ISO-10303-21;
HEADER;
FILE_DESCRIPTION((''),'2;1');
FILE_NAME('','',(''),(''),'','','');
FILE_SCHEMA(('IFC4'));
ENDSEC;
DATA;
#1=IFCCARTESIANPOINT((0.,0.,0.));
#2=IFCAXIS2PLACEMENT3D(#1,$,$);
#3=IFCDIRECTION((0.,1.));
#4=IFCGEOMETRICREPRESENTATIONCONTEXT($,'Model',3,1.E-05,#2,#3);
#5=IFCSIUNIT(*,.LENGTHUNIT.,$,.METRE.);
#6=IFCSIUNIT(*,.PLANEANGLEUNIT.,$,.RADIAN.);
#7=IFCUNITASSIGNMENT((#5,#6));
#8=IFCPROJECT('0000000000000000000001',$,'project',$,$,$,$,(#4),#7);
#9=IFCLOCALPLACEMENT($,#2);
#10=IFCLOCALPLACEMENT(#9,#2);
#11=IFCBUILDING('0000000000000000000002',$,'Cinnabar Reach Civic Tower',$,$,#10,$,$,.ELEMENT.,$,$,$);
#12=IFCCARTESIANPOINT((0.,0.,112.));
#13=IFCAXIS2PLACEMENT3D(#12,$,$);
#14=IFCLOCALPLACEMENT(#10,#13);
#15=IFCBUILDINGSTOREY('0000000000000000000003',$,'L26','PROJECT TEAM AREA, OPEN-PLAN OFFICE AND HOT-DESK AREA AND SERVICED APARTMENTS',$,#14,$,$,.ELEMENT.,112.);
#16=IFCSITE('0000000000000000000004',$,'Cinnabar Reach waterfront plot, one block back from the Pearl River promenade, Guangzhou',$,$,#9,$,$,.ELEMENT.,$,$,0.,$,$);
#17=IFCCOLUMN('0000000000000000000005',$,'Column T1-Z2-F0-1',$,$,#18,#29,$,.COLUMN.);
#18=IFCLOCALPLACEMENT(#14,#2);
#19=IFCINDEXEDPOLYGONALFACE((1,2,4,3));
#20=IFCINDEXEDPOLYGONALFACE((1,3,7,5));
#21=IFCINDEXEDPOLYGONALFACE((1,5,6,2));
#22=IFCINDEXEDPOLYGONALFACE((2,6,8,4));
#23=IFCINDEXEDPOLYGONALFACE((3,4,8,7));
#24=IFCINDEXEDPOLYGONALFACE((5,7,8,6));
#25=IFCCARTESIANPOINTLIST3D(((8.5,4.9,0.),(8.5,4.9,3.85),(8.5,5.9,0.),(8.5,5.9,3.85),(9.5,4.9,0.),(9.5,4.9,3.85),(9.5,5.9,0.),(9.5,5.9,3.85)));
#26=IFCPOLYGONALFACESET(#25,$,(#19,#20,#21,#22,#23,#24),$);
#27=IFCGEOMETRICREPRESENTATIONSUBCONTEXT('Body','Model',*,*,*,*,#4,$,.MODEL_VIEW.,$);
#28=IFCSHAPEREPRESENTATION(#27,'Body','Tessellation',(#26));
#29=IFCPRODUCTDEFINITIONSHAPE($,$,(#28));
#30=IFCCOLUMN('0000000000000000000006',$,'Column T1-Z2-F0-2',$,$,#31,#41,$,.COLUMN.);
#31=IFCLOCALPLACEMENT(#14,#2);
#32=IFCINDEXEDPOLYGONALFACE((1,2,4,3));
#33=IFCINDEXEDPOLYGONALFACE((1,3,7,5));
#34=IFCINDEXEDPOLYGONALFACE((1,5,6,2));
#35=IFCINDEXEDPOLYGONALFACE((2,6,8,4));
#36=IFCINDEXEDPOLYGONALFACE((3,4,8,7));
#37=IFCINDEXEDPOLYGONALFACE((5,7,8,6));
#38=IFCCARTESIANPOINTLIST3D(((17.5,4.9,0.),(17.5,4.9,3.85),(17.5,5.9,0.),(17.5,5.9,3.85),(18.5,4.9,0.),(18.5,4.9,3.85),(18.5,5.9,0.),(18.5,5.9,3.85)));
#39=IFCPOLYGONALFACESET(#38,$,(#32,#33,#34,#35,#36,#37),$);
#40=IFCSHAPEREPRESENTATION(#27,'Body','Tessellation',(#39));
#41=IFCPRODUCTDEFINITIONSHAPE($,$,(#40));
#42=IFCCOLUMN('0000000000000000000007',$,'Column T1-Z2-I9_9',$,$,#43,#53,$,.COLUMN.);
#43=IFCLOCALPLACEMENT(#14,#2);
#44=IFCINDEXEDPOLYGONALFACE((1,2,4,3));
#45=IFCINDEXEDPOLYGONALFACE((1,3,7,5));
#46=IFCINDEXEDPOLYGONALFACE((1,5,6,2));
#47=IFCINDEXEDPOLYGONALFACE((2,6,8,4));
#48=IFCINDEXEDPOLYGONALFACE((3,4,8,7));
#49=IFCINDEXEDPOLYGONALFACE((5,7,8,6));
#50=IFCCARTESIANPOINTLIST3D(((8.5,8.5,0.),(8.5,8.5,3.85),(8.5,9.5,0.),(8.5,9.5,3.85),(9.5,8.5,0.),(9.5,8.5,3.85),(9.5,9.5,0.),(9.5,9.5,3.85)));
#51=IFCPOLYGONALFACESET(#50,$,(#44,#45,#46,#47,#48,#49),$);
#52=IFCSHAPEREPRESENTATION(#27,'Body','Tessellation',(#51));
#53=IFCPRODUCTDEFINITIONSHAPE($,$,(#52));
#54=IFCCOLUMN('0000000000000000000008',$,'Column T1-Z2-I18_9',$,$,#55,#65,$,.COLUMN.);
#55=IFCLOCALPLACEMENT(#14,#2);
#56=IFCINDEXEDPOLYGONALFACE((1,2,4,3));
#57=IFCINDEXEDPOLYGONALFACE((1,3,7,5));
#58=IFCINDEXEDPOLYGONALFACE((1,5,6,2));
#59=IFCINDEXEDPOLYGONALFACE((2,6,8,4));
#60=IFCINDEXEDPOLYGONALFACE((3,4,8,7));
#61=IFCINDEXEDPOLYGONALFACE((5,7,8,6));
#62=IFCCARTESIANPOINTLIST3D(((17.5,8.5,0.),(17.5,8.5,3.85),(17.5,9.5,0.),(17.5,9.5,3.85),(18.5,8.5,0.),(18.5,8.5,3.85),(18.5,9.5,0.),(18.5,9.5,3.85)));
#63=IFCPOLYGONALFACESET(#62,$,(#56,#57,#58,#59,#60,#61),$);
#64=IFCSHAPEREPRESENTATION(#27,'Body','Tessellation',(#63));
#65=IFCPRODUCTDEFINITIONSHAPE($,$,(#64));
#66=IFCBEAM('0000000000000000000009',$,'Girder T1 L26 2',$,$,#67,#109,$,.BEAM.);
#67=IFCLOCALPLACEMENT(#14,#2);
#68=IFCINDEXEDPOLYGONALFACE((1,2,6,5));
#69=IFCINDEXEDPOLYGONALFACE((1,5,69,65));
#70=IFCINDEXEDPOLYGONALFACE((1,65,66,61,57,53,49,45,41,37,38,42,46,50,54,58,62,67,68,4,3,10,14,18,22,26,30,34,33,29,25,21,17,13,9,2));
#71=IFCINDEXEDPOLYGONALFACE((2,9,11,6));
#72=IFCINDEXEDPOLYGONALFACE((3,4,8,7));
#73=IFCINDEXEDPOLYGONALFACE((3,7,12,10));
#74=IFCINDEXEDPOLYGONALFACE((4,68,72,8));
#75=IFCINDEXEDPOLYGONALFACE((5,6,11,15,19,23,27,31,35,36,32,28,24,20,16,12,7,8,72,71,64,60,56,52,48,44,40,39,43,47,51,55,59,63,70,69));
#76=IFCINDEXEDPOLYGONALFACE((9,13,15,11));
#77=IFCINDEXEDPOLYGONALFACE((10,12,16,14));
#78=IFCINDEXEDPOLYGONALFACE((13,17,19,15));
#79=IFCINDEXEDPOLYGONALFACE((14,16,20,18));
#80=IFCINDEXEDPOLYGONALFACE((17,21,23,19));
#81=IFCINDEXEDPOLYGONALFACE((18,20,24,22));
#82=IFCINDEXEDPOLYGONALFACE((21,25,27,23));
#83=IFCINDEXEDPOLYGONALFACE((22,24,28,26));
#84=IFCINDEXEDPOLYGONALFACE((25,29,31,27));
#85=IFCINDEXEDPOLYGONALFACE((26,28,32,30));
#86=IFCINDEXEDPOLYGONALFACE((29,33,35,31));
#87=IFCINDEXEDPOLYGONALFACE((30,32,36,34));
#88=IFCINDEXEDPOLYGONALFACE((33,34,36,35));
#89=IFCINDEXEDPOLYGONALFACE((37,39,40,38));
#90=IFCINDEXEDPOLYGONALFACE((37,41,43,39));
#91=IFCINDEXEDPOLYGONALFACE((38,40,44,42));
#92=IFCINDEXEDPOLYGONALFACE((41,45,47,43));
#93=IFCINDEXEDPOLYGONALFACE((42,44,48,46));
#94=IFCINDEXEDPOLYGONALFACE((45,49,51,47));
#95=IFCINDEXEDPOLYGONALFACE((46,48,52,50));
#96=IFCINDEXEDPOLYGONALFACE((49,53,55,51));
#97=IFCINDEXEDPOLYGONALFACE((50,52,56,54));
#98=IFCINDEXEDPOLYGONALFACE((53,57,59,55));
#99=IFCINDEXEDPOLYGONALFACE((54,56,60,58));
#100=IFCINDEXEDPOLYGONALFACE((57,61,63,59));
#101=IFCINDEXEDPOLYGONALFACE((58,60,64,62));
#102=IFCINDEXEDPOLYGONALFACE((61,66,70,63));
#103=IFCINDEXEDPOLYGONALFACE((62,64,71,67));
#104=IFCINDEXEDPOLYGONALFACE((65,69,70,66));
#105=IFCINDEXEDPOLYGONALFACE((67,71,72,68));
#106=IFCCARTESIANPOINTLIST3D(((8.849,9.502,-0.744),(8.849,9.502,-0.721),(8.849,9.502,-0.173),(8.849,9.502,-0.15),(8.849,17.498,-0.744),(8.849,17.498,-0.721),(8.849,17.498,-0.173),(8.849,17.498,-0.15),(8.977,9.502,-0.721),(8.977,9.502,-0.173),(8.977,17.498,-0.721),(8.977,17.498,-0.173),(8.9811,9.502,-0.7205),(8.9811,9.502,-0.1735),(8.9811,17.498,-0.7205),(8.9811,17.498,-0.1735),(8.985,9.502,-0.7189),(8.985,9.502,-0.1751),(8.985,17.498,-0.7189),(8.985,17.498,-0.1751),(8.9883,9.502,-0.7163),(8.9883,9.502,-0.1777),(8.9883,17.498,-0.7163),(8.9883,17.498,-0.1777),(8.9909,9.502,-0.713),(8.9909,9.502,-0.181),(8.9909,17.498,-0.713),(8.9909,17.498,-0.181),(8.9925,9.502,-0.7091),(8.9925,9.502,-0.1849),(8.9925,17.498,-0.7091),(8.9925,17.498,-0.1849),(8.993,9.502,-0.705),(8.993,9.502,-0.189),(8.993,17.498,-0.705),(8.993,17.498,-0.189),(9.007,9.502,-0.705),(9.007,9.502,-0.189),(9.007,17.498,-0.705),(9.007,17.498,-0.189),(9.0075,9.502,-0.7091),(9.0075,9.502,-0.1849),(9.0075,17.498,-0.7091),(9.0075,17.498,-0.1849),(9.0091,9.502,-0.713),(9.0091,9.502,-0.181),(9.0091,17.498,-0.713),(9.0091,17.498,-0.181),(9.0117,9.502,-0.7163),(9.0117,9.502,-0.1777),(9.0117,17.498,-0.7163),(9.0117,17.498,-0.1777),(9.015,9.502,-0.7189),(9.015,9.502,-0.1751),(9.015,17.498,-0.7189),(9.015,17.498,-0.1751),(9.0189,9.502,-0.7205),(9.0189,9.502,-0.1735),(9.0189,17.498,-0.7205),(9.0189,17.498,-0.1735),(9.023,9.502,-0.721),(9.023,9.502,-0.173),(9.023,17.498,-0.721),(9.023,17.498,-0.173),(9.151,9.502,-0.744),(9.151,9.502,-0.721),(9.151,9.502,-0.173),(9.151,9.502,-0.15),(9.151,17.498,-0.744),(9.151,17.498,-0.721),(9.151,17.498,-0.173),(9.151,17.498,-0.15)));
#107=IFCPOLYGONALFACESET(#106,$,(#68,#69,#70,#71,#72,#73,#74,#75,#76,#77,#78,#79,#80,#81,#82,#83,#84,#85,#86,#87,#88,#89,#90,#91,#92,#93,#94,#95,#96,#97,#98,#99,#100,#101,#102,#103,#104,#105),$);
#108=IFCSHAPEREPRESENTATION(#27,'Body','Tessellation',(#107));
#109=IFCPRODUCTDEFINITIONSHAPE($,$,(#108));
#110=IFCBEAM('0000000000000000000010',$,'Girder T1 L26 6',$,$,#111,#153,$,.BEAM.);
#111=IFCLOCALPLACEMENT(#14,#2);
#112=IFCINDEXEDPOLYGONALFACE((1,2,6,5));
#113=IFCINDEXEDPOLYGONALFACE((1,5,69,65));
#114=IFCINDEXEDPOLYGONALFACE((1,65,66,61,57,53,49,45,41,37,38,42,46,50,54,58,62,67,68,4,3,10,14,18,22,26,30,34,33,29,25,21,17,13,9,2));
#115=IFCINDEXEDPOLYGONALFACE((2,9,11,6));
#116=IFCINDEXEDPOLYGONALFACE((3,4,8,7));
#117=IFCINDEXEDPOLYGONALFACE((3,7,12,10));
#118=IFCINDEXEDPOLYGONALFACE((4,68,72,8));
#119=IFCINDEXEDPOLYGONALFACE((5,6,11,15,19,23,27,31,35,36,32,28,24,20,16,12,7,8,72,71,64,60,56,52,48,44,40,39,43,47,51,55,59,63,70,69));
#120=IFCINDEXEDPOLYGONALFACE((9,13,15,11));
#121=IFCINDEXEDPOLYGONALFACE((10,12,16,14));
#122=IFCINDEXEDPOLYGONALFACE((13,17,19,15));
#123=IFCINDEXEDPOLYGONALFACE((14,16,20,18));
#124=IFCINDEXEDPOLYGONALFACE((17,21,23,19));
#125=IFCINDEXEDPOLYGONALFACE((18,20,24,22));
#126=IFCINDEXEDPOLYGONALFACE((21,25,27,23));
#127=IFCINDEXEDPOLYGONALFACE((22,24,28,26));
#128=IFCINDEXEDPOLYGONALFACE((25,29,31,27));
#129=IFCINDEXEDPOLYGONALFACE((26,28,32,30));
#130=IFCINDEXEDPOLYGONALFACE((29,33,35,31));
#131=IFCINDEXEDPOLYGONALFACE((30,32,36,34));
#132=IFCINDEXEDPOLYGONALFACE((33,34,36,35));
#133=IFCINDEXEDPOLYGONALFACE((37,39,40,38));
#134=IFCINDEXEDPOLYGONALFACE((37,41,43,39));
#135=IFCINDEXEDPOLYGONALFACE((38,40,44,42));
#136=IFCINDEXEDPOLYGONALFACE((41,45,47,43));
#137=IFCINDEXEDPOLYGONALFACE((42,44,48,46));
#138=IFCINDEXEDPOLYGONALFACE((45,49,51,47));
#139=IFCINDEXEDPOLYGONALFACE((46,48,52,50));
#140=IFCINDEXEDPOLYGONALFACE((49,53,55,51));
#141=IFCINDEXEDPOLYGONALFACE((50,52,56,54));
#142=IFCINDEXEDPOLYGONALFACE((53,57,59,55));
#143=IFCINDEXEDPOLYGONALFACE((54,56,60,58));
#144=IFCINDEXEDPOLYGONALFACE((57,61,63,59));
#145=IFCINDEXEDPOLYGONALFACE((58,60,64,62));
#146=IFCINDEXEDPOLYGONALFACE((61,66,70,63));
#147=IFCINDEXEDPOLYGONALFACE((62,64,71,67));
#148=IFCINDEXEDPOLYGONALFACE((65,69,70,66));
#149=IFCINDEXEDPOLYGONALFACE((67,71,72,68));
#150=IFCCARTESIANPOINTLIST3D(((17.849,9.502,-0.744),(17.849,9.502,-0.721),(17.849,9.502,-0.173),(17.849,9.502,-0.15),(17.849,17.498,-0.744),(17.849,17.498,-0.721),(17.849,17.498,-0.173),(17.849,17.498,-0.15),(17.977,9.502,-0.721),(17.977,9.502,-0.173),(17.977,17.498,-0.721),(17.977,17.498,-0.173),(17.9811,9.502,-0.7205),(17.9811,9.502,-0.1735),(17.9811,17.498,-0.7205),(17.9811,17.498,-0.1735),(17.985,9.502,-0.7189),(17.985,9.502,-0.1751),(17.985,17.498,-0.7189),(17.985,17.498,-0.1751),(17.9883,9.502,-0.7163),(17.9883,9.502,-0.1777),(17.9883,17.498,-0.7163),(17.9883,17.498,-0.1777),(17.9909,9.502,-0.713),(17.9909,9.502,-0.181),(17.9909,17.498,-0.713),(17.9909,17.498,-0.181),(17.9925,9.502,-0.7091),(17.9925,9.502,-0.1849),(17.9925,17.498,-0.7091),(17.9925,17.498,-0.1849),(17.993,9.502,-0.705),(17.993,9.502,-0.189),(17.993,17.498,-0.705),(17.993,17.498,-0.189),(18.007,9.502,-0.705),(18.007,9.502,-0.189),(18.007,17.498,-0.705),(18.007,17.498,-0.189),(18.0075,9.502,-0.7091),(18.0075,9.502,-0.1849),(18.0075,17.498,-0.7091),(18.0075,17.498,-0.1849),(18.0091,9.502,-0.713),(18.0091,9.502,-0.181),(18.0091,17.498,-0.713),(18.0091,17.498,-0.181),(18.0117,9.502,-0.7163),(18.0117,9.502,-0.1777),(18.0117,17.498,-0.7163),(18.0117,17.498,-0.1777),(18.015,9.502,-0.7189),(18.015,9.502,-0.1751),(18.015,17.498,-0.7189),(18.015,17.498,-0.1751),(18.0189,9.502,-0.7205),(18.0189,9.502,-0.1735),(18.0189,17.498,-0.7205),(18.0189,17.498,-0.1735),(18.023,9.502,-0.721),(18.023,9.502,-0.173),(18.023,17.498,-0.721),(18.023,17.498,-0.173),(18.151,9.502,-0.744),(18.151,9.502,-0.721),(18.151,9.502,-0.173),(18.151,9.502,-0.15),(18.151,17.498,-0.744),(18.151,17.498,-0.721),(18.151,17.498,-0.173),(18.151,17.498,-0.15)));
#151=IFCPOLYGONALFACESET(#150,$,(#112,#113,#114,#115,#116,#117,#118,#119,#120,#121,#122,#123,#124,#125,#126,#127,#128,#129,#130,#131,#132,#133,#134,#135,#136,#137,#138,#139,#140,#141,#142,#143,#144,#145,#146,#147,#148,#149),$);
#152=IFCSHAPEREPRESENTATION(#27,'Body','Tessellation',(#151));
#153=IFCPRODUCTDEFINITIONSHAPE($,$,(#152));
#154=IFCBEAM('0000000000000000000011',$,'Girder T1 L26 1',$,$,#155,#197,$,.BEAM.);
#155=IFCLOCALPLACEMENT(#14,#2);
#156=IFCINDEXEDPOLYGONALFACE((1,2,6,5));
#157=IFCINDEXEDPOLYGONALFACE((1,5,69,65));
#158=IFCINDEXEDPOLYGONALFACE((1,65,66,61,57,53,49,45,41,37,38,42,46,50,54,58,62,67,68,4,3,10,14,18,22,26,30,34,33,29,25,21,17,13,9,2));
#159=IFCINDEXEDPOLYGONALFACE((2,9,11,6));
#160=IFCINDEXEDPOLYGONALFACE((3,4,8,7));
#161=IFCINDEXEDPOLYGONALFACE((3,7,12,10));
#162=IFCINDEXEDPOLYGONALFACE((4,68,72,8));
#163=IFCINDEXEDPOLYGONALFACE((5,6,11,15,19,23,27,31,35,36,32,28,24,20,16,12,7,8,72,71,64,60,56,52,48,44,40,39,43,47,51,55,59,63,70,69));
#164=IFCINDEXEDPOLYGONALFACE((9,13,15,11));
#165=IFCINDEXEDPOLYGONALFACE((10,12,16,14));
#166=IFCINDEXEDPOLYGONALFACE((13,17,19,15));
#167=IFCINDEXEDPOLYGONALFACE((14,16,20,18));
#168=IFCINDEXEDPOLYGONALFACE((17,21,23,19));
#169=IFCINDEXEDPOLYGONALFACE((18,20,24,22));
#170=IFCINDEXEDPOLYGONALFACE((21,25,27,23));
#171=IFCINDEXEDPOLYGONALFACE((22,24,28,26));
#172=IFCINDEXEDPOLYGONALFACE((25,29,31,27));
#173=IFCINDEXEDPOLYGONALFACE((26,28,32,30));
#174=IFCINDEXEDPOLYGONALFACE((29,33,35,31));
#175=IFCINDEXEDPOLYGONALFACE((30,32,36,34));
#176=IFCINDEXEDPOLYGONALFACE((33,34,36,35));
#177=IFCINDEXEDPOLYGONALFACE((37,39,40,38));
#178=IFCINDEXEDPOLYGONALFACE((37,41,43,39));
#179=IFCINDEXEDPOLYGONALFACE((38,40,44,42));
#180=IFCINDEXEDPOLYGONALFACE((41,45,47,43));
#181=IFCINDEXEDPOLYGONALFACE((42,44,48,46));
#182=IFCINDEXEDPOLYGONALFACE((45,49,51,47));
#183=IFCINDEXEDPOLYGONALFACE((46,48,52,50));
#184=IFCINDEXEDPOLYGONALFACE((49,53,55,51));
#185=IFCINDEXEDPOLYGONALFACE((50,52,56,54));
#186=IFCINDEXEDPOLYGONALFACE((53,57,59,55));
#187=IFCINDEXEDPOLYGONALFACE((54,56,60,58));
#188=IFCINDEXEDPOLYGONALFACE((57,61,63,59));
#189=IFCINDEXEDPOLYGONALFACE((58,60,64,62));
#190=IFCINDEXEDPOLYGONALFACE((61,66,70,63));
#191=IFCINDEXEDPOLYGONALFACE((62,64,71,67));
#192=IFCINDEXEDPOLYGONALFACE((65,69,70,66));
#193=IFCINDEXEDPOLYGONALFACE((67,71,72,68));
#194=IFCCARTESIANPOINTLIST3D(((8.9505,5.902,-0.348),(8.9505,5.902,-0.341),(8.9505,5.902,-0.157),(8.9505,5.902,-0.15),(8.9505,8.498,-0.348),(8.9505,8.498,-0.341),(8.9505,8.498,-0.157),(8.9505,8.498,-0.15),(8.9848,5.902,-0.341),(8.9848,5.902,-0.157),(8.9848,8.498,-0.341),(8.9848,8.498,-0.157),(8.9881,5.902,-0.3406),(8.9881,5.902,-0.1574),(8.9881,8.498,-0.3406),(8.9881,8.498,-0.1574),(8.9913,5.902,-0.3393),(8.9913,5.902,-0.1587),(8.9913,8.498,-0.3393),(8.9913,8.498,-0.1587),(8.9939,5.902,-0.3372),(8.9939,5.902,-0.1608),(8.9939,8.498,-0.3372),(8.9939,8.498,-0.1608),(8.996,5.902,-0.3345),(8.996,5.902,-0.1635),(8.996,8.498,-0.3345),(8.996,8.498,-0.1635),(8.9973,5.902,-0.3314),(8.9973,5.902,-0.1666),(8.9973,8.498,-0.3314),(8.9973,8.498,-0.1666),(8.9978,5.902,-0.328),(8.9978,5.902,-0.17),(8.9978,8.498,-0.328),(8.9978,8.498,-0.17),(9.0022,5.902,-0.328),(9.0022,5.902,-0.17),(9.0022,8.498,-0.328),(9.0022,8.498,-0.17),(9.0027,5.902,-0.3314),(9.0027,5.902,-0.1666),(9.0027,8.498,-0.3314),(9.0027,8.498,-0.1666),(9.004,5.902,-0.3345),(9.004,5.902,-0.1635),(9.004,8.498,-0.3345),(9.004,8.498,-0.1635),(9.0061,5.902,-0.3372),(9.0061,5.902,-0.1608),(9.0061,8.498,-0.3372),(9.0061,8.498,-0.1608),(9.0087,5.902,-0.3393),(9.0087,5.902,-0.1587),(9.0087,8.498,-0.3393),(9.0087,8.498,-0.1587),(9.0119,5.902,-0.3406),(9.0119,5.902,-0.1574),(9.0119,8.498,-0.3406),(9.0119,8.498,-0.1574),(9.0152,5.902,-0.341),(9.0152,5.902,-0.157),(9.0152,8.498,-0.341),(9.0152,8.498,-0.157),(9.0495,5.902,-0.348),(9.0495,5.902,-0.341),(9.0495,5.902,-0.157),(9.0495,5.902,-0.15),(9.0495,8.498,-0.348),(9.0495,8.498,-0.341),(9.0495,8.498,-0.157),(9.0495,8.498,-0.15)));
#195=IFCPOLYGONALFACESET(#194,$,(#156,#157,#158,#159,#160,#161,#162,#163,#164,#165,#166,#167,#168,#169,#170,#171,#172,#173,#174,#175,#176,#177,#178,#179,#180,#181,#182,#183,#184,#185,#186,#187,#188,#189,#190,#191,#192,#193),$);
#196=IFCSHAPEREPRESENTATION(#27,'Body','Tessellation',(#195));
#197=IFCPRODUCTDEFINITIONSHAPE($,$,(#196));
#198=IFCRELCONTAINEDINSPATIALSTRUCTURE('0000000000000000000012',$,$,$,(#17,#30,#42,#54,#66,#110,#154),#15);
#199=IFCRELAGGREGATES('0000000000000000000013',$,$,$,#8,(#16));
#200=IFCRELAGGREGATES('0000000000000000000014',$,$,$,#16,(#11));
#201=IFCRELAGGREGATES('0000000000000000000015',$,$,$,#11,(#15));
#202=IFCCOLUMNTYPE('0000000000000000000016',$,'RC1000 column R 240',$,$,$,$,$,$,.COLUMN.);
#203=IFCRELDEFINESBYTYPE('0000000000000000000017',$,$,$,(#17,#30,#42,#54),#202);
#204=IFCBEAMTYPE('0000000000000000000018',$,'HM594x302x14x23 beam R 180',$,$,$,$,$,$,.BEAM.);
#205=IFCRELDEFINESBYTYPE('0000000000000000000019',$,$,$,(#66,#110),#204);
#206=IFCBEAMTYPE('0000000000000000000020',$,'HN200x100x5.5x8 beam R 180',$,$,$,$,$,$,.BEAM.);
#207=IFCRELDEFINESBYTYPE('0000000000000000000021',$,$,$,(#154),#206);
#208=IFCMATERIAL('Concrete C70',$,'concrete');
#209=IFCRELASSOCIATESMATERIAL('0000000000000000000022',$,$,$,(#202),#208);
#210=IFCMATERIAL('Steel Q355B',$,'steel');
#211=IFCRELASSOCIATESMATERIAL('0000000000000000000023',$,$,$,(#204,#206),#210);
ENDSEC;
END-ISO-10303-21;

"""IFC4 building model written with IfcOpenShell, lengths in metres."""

from ifc_helpers import new_model, si_unit, direction, frame, origin, origin_2d, place, context, subcontext, project, spatial, rectangle, i_section, extrude, material, material_profile, profile_set, type_object, element, save


model = new_model("IFC4")

# Units and contexts
model_context = context("Model", 3, precision=1e-05, world=origin(), true_north=direction((0.0, 1.0)))
body_context = subcontext(model_context, "Body", "Model", "MODEL_VIEW")
ifc_project = project(units=[si_unit("LENGTHUNIT", "METRE"), si_unit("PLANEANGLEUNIT", "RADIAN")], contexts=[model_context])

# Site, building, storey
site_placement = place(None, origin())
site = spatial("IfcSite", under=ifc_project, at=site_placement, Name="Cinnabar Reach waterfront plot, one block back from the Pearl River promenade, Guangzhou", CompositionType="ELEMENT", RefElevation=0.0)
building_placement = place(site_placement, origin())
building = spatial("IfcBuilding", under=site, at=building_placement, Name="Cinnabar Reach Civic Tower", CompositionType="ELEMENT")
storey_placement = place(building_placement, frame((0.0, 0.0, 112.0)))
storey = spatial("IfcBuildingStorey", under=building, at=storey_placement, Name="L26", Description="PROJECT TEAM AREA, OPEN-PLAN OFFICE AND HOT-DESK AREA AND SERVICED APARTMENTS", CompositionType="ELEMENT", Elevation=112.0)

# Columns
ifc_material_1 = material(Name="Concrete C70", Category="concrete")
ifc_material_profile_1 = material_profile(ifc_material_1, rectangle(XDim=1.0, YDim=1.0, at=origin_2d()), Name="RC1000")
ifc_profile_set_1 = profile_set([ifc_material_profile_1], Name="Concrete C70")
column_type = type_object("IfcColumnType", Name="RC1000 column R 240", PredefinedType="COLUMN", material=ifc_profile_set_1)
for number, where, z_axis, x_axis, name in (
    (1, (9.0, 5.4, 0.0), (0.0, 0.0, 1.0), (1.0, 0.0, 0.0), "Column T1-Z2-F0-1"),
    (2, (18.0, 5.4, 0.0), (0.0, 0.0, 1.0), (1.0, 0.0, 0.0), "Column T1-Z2-F0-2"),
    (3, (9.0, 9.0, 0.0), (0.0, 0.0, 1.0), (1.0, 0.0, 0.0), "Column T1-Z2-I9_9"),
    (4, (18.0, 9.0, 0.0), (0.0, 0.0, 1.0), (1.0, 0.0, 0.0), "Column T1-Z2-I18_9"),
):
    element("IfcColumn", number, at=place(storey_placement, frame(where, z_axis=z_axis, x_axis=x_axis)), inside=storey, type_object=column_type, Name=name, PredefinedType="COLUMN", context=body_context, shape_type="SweptSolid", body=[
        extrude(rectangle(XDim=1.0, YDim=1.0, at=origin_2d()), origin(), (0.0, 0.0, 1.0), 3.85),
    ])

# Beams
ifc_material_2 = material(Name="Steel Q355B", Category="steel")
ifc_material_profile_2 = material_profile(ifc_material_2, i_section(OverallWidth=0.302, OverallDepth=0.594, WebThickness=0.014, FlangeThickness=0.023, FilletRadius=0.016, at=origin_2d()), Name="HM594x302x14x23")
ifc_profile_set_2 = profile_set([ifc_material_profile_2], Name="Steel Q355B")
beam_type_1 = type_object("IfcBeamType", Name="HM594x302x14x23 beam R 180", PredefinedType="BEAM", material=ifc_profile_set_2)
for number, where, z_axis, x_axis, name in (
    (5, (9.0, 9.502, -0.447), (0.0, 1.0, 0.0), (-1.0, 0.0, 0.0), "Girder T1 L26 2"),
    (6, (18.0, 9.502, -0.447), (0.0, 1.0, 0.0), (-1.0, 0.0, 0.0), "Girder T1 L26 6"),
):
    element("IfcBeam", number, at=place(storey_placement, frame(where, z_axis=z_axis, x_axis=x_axis)), inside=storey, type_object=beam_type_1, Name=name, PredefinedType="BEAM", context=body_context, shape_type="SweptSolid", body=[
        extrude(i_section(OverallWidth=0.302, OverallDepth=0.594, WebThickness=0.014, FlangeThickness=0.023, FilletRadius=0.016, at=origin_2d()), origin(), (0.0, 0.0, 1.0), 7.996),
    ])
ifc_material_profile_3 = material_profile(ifc_material_2, i_section(OverallWidth=0.099, OverallDepth=0.198, WebThickness=0.0045, FlangeThickness=0.007, FilletRadius=0.013, at=origin_2d()), Name="HN200x100x5.5x8")
ifc_profile_set_3 = profile_set([ifc_material_profile_3], Name="Steel Q355B")
beam_type_2 = type_object("IfcBeamType", Name="HN200x100x5.5x8 beam R 180", PredefinedType="BEAM", material=ifc_profile_set_3)
for number, where, z_axis, x_axis, name in (
    (7, (9.0, 5.902, -0.249), (0.0, 1.0, 0.0), (-1.0, 0.0, 0.0), "Girder T1 L26 1"),
):
    element("IfcBeam", number, at=place(storey_placement, frame(where, z_axis=z_axis, x_axis=x_axis)), inside=storey, type_object=beam_type_2, Name=name, PredefinedType="BEAM", context=body_context, shape_type="SweptSolid", body=[
        extrude(i_section(OverallWidth=0.099, OverallDepth=0.198, WebThickness=0.0045, FlangeThickness=0.007, FilletRadius=0.013, at=origin_2d()), origin(), (0.0, 0.0, 1.0), 2.596),
    ])

save(model, "model.ifc")
